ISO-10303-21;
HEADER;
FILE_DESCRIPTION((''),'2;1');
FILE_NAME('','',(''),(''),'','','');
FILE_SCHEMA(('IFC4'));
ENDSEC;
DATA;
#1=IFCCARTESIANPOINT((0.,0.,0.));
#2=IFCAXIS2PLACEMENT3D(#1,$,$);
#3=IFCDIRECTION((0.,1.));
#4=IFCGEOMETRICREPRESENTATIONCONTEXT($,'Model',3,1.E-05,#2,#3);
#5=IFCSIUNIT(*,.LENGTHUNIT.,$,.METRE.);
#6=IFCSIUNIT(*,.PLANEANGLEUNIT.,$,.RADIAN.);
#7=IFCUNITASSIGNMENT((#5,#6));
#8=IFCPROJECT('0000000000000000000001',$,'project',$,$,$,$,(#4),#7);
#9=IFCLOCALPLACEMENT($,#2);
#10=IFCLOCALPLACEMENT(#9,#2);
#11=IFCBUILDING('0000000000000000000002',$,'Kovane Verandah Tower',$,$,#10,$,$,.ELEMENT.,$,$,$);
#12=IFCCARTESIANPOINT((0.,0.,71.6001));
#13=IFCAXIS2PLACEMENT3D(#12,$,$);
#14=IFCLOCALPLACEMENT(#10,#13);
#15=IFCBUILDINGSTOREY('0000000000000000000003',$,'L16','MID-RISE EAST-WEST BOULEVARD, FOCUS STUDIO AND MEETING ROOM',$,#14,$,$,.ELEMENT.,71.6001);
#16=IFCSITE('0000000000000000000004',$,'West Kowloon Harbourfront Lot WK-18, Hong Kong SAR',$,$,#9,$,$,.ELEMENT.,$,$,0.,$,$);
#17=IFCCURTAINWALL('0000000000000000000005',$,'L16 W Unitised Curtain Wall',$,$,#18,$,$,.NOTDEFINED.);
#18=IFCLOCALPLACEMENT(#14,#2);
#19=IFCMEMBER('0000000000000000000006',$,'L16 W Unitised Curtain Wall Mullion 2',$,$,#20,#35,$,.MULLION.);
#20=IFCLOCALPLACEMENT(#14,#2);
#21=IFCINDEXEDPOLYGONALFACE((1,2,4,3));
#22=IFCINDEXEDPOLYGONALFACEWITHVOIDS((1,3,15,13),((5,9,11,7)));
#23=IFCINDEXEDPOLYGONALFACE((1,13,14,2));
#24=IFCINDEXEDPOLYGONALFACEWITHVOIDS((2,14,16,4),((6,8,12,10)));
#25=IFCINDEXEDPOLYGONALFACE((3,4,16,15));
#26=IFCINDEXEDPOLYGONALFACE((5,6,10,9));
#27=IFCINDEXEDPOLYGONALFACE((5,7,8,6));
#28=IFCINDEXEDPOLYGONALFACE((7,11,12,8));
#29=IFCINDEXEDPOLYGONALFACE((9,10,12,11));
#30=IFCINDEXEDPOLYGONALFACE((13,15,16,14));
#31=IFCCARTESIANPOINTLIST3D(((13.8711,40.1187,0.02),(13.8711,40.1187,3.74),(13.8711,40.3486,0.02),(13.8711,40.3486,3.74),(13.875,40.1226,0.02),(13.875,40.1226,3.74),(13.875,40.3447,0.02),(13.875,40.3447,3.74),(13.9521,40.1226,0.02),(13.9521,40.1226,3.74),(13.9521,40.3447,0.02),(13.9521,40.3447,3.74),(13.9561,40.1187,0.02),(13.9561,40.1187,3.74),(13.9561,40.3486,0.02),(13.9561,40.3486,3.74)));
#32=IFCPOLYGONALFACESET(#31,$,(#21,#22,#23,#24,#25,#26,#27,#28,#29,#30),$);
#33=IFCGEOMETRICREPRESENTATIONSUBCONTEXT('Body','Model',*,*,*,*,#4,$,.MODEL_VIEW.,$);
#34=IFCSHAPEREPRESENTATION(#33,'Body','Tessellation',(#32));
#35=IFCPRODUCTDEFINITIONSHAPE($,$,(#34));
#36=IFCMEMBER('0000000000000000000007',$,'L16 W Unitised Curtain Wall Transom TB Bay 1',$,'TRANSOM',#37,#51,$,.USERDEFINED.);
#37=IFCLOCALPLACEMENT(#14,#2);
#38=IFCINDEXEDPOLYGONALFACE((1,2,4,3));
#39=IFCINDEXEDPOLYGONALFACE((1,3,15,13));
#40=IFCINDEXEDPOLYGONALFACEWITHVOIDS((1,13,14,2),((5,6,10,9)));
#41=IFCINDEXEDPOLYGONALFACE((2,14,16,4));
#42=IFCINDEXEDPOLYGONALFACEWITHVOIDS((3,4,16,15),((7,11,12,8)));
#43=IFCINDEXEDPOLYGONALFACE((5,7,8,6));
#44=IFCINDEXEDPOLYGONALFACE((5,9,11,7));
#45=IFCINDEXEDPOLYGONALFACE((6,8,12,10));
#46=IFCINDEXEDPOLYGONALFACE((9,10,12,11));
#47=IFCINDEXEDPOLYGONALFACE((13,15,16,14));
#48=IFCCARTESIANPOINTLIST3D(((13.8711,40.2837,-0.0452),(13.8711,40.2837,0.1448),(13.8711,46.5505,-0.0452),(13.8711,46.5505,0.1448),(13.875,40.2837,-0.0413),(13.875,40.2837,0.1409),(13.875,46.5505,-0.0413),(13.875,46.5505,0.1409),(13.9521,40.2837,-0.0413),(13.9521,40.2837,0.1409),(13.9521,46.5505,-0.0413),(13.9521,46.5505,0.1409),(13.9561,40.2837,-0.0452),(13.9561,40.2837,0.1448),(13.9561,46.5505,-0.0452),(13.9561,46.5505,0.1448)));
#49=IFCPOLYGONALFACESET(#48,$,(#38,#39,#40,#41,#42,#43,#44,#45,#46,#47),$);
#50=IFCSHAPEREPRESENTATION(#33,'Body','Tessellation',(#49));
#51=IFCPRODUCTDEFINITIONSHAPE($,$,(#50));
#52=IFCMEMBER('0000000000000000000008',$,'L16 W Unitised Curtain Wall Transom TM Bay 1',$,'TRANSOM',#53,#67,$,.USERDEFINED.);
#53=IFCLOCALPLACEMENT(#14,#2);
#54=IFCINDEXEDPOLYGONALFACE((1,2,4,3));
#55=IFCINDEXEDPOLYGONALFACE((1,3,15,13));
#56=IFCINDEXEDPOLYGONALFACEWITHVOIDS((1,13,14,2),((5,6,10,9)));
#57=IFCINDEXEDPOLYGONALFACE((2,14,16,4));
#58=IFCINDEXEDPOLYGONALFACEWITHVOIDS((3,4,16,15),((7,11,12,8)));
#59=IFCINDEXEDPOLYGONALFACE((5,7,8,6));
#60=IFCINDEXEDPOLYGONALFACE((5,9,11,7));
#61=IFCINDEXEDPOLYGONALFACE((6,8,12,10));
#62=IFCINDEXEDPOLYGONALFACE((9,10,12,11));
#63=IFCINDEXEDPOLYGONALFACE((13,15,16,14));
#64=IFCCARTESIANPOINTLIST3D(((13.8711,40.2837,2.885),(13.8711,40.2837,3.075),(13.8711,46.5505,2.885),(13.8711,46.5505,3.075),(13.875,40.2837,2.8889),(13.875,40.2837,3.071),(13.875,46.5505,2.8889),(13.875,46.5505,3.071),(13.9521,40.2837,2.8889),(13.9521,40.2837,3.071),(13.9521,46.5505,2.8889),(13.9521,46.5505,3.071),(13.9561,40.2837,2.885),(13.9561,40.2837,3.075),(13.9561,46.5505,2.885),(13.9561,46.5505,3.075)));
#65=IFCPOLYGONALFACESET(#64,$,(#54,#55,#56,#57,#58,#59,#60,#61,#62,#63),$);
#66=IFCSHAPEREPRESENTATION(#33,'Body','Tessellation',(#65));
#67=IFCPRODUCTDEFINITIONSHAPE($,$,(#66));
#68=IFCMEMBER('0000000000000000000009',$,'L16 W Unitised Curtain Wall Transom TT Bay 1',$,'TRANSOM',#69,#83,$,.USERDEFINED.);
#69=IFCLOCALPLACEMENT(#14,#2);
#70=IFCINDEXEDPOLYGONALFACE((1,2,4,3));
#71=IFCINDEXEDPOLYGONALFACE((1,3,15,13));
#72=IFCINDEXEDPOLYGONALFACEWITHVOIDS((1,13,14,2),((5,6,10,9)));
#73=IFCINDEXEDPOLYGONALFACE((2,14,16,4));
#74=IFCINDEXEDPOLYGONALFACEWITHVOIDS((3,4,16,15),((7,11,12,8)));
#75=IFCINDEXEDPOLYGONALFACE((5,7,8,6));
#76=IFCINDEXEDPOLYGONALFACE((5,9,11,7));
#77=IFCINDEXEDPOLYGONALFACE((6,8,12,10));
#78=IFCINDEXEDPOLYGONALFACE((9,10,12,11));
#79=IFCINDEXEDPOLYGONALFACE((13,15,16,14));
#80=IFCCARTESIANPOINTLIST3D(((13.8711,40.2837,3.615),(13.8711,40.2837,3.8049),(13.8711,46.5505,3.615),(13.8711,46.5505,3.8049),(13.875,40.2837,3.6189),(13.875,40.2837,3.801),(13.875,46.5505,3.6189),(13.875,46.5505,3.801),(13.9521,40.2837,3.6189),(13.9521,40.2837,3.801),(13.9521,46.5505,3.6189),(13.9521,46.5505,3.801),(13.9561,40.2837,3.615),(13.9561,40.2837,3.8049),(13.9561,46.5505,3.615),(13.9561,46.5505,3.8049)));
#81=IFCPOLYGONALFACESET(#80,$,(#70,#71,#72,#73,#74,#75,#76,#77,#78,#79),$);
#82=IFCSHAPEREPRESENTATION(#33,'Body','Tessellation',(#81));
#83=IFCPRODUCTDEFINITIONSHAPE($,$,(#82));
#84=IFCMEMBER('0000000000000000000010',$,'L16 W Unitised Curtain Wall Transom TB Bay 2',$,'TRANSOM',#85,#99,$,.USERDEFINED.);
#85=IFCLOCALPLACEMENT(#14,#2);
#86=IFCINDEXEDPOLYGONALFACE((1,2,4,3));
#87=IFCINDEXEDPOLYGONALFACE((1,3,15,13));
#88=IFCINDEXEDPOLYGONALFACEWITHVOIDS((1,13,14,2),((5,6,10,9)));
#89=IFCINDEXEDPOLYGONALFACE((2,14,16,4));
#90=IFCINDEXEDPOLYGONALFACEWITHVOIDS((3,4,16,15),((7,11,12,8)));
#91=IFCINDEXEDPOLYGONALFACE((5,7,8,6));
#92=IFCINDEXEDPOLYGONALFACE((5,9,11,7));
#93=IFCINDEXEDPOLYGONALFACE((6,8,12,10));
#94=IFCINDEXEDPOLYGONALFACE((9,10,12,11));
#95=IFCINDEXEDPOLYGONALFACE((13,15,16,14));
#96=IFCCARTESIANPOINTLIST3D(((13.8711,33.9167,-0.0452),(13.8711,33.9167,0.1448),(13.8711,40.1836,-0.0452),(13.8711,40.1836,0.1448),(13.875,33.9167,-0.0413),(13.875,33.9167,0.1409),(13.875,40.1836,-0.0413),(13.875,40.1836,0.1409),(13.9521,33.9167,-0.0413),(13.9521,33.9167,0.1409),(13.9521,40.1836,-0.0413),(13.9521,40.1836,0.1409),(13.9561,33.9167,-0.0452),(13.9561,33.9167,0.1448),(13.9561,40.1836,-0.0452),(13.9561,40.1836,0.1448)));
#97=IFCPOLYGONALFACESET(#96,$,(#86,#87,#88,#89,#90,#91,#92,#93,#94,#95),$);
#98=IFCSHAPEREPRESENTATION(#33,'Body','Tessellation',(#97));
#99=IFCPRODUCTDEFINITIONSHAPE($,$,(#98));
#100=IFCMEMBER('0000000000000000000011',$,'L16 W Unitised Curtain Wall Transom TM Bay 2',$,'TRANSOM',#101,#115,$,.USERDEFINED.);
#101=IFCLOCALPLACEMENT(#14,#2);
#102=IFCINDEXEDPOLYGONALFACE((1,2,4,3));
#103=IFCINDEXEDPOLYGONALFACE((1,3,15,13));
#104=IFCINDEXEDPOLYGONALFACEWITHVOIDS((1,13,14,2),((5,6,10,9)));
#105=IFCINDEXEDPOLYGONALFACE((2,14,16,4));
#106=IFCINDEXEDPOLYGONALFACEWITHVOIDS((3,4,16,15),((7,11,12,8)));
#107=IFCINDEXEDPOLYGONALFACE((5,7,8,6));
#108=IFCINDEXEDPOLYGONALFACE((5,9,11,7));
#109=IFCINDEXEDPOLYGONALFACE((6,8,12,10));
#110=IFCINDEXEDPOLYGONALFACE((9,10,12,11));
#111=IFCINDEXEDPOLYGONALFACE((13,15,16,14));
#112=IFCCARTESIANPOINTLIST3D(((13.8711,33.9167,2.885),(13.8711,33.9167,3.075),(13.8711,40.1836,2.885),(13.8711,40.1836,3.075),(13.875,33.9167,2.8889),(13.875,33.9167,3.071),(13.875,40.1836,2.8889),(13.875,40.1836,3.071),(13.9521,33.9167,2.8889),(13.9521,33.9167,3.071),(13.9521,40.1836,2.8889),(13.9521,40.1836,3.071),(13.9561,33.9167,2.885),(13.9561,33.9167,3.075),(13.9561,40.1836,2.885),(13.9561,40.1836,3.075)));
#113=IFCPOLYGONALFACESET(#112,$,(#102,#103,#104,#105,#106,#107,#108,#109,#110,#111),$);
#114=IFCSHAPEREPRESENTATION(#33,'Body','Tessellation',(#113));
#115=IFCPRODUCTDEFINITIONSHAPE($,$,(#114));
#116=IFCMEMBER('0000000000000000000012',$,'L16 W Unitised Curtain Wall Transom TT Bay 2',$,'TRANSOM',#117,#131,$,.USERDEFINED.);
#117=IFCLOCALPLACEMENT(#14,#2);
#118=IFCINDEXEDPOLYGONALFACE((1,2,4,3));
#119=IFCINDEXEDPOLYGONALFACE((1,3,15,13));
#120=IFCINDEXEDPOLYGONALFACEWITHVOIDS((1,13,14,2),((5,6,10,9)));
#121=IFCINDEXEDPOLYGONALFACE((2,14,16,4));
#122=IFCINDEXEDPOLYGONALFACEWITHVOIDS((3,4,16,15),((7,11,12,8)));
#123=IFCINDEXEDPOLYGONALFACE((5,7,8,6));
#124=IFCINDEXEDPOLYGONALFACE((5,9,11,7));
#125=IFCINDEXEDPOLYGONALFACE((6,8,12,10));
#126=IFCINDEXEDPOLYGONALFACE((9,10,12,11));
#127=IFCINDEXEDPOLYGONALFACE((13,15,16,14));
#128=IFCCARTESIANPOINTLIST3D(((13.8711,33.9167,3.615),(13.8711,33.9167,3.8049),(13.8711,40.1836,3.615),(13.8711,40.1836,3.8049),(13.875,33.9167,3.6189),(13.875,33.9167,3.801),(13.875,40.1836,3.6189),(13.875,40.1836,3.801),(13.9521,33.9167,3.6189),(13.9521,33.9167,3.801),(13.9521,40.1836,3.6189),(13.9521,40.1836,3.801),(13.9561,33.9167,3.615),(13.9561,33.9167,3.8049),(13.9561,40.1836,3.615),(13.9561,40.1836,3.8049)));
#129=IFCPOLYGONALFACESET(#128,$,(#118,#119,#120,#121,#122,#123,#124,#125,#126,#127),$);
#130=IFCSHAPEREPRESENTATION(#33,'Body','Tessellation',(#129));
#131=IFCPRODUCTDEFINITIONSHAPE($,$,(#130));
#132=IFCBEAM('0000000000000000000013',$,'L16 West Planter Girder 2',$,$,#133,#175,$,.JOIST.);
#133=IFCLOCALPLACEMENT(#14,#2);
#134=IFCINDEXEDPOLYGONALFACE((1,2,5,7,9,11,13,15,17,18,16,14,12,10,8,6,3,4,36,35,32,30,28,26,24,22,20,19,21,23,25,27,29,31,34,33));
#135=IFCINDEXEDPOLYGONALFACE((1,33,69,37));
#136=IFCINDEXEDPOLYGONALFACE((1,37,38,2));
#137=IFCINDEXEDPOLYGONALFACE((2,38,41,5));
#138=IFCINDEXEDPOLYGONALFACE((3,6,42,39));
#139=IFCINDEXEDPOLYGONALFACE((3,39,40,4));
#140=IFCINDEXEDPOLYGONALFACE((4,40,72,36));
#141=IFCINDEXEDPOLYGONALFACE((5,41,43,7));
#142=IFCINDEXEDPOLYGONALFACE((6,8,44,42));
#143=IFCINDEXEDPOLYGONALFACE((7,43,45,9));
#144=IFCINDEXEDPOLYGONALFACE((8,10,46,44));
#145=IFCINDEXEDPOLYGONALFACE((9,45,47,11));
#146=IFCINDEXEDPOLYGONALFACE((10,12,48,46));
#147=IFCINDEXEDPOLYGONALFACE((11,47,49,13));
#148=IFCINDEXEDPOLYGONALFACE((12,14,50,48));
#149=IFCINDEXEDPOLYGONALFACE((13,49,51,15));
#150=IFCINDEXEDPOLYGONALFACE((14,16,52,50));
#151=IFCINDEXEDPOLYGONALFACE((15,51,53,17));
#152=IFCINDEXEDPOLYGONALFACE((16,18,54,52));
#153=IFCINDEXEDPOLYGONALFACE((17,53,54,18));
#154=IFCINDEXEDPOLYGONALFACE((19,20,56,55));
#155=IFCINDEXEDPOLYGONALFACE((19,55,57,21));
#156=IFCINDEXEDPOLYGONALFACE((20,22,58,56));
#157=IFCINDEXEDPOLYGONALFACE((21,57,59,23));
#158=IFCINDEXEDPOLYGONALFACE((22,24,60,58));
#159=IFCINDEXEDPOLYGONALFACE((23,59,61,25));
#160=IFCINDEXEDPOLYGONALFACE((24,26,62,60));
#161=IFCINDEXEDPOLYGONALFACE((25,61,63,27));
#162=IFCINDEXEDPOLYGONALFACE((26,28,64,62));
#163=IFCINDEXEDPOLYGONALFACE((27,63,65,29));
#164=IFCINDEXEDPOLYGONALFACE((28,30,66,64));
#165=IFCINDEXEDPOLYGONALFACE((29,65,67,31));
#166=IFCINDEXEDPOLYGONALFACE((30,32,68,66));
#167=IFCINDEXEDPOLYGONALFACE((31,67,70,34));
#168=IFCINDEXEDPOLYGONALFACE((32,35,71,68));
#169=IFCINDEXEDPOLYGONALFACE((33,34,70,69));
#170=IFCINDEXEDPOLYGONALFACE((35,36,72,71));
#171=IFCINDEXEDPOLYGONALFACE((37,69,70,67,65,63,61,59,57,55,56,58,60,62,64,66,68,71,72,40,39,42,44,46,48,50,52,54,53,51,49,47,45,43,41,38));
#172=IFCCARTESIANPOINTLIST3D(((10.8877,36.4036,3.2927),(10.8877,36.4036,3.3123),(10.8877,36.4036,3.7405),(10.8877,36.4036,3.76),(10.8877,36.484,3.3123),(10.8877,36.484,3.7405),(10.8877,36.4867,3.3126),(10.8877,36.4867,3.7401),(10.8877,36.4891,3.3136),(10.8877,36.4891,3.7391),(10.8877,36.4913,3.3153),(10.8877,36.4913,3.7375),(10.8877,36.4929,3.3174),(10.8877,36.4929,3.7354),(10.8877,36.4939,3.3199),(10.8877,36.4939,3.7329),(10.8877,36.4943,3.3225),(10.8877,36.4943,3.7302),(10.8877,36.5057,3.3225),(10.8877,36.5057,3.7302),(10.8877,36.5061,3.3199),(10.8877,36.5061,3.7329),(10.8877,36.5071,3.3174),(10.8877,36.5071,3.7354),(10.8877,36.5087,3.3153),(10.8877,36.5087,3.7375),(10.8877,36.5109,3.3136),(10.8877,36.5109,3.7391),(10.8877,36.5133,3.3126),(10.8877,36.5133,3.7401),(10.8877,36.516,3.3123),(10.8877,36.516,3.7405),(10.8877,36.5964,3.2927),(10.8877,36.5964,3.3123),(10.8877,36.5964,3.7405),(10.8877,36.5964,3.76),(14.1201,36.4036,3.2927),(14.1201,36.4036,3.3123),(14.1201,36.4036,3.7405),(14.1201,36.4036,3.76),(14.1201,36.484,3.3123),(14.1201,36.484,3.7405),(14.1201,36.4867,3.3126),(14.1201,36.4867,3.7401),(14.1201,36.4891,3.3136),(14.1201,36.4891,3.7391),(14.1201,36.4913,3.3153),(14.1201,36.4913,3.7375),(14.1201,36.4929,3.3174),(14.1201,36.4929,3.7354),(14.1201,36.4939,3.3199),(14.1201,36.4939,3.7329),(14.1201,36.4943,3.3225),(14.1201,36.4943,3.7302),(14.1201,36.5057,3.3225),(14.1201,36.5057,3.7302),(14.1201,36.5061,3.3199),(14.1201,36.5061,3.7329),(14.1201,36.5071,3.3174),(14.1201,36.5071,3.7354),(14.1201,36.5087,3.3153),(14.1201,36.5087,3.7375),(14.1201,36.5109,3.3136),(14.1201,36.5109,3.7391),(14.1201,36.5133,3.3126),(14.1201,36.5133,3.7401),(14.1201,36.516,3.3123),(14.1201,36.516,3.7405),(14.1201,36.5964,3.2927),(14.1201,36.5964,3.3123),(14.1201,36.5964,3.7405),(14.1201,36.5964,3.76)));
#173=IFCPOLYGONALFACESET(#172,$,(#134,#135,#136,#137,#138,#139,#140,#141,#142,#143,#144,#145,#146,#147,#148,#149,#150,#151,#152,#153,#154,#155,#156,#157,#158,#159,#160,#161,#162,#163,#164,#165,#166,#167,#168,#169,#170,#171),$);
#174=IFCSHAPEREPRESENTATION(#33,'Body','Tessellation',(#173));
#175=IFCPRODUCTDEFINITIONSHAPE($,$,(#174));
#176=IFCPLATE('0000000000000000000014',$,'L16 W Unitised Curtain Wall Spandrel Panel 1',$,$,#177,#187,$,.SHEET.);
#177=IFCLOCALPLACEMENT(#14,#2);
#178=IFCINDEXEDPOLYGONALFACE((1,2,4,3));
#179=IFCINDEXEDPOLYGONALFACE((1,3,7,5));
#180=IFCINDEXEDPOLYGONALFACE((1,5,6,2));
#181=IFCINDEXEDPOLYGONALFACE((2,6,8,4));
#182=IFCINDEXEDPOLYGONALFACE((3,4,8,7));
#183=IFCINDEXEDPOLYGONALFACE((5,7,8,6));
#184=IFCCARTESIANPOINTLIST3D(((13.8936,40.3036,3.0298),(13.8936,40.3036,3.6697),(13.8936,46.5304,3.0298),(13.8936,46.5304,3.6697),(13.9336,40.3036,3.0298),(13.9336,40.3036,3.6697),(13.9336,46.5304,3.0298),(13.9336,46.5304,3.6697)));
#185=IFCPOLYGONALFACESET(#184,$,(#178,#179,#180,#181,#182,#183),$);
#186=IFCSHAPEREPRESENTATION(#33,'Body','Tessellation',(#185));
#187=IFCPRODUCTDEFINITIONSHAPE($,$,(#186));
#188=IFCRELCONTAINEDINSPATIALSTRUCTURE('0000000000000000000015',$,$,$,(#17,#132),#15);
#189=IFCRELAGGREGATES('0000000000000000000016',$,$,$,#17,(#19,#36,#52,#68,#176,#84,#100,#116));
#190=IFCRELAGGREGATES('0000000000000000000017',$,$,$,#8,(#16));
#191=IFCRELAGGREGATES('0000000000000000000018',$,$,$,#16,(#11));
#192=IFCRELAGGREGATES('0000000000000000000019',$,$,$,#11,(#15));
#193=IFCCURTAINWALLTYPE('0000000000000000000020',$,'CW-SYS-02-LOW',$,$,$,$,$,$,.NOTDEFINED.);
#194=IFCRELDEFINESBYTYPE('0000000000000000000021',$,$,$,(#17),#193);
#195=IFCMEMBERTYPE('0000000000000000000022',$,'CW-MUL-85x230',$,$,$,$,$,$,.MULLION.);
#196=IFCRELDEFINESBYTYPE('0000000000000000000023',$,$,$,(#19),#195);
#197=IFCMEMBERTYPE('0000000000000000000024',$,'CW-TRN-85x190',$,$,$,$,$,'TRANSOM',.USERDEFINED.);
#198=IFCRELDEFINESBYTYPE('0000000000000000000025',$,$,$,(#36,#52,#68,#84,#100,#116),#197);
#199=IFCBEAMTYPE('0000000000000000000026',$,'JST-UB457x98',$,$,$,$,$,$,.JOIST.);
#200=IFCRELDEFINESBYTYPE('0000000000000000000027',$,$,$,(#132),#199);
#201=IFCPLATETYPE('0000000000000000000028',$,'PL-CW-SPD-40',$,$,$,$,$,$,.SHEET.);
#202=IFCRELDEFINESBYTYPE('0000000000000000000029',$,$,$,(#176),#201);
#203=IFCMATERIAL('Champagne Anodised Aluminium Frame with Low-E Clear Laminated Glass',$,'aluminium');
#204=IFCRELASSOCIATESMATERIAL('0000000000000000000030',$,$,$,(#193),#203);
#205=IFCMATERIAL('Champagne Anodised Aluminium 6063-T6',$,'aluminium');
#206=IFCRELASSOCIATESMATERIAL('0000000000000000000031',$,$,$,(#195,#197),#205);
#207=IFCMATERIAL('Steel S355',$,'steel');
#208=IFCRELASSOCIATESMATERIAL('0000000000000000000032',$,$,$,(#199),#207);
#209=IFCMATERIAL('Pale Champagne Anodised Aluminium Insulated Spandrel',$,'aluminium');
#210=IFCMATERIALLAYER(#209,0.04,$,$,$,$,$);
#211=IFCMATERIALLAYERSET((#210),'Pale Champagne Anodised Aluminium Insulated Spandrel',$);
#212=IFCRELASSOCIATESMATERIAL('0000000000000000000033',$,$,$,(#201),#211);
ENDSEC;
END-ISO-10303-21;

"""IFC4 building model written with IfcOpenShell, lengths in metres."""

from ifc_helpers import new_model, si_unit, direction, frame, origin, origin_2d, place, context, subcontext, project, spatial, rectangle, hollow_rectangle, i_section, extrude, material, layer, layer_set, material_profile, profile_set, type_object, element, aggregate, save


model = new_model("IFC4")

# Units and contexts
model_context = context("Model", 3, precision=1e-05, world=origin(), true_north=direction((0.0, 1.0)))
body_context = subcontext(model_context, "Body", "Model", "MODEL_VIEW")
ifc_project = project(units=[si_unit("LENGTHUNIT", "METRE"), si_unit("PLANEANGLEUNIT", "RADIAN")], contexts=[model_context])

# Site, building, storey
site_placement = place(None, origin())
site = spatial("IfcSite", under=ifc_project, at=site_placement, Name="West Kowloon Harbourfront Lot WK-18, Hong Kong SAR", CompositionType="ELEMENT", RefElevation=0.0)
building_placement = place(site_placement, origin())
building = spatial("IfcBuilding", under=site, at=building_placement, Name="Kovane Verandah Tower", CompositionType="ELEMENT")
storey_placement = place(building_placement, frame((0.0, 0.0, 71.6001)))
storey = spatial("IfcBuildingStorey", under=building, at=storey_placement, Name="L16", Description="MID-RISE EAST-WEST BOULEVARD, FOCUS STUDIO AND MEETING ROOM", CompositionType="ELEMENT", Elevation=71.6001)

# Shared definitions
ifc_material_1 = material(Name="Steel S355", Category="steel")

# Curtain wall, members
ifc_material_2 = material(Name="Champagne Anodised Aluminium Frame with Low-E Clear Laminated Glass", Category="aluminium")
curtain_wall_type = type_object("IfcCurtainWallType", Name="CW-SYS-02-LOW", PredefinedType="NOTDEFINED", material=ifc_material_2)
curtain_wall_placement = place(storey_placement, origin())
curtain_wall = element("IfcCurtainWall", 1, at=curtain_wall_placement, inside=storey, type_object=curtain_wall_type, Name="L16 W Unitised Curtain Wall", PredefinedType="NOTDEFINED")
ifc_material_3 = material(Name="Champagne Anodised Aluminium 6063-T6", Category="aluminium")
ifc_material_profile_1 = material_profile(ifc_material_3, hollow_rectangle(XDim=0.085, YDim=0.23, WallThickness=0.0039, at=origin_2d()), Name="AL85x230x4")
ifc_profile_set_1 = profile_set([ifc_material_profile_1], Name="Champagne Anodised Aluminium 6063-T6")
member_type_1 = type_object("IfcMemberType", Name="CW-MUL-85x230", PredefinedType="MULLION", material=ifc_profile_set_1)
member_1_placement = place(storey_placement, frame((13.9136, 40.2336, 0.02), z_axis=(0.0, 0.0, 1.0), x_axis=(-1.0, 0.0, 0.0)))
member_1 = element("IfcMember", 2, at=member_1_placement, type_object=member_type_1, Name="L16 W Unitised Curtain Wall Mullion 2", PredefinedType="MULLION", context=body_context, shape_type="SweptSolid", body=[
    extrude(hollow_rectangle(XDim=0.085, YDim=0.23, WallThickness=0.0039, at=origin_2d()), origin(), (0.0, 0.0, 1.0), 3.72),
])
ifc_material_profile_2 = material_profile(ifc_material_3, hollow_rectangle(XDim=0.085, YDim=0.1899, WallThickness=0.0039, at=origin_2d()), Name="AL85x190x4")
ifc_profile_set_2 = profile_set([ifc_material_profile_2], Name="Champagne Anodised Aluminium 6063-T6")
member_type_2 = type_object("IfcMemberType", Name="CW-TRN-85x190", ElementType="TRANSOM", PredefinedType="USERDEFINED", material=ifc_profile_set_2)
member_2_placement = place(storey_placement, frame((13.9136, 46.5505, 0.0498), z_axis=(0.0, -1.0, 0.0), x_axis=(1.0, 0.0, 0.0)))
member_2 = element("IfcMember", 3, at=member_2_placement, type_object=member_type_2, Name="L16 W Unitised Curtain Wall Transom TB Bay 1", ObjectType="TRANSOM", PredefinedType="USERDEFINED", context=body_context, shape_type="SweptSolid", body=[
    extrude(hollow_rectangle(XDim=0.085, YDim=0.1899, WallThickness=0.0039, at=origin_2d()), origin(), (0.0, 0.0, 1.0), 6.2668),
])
member_3_placement = place(storey_placement, frame((13.9136, 46.5505, 2.98), z_axis=(0.0, -1.0, 0.0), x_axis=(1.0, 0.0, 0.0)))
member_3 = element("IfcMember", 4, at=member_3_placement, type_object=member_type_2, Name="L16 W Unitised Curtain Wall Transom TM Bay 1", ObjectType="TRANSOM", PredefinedType="USERDEFINED", context=body_context, shape_type="SweptSolid", body=[
    extrude(hollow_rectangle(XDim=0.085, YDim=0.1899, WallThickness=0.0039, at=origin_2d()), origin(), (0.0, 0.0, 1.0), 6.2668),
])
member_4_placement = place(storey_placement, frame((13.9136, 46.5505, 3.71), z_axis=(0.0, -1.0, 0.0), x_axis=(1.0, 0.0, 0.0)))
member_4 = element("IfcMember", 5, at=member_4_placement, type_object=member_type_2, Name="L16 W Unitised Curtain Wall Transom TT Bay 1", ObjectType="TRANSOM", PredefinedType="USERDEFINED", context=body_context, shape_type="SweptSolid", body=[
    extrude(hollow_rectangle(XDim=0.085, YDim=0.1899, WallThickness=0.0039, at=origin_2d()), origin(), (0.0, 0.0, 1.0), 6.2668),
])
member_5_placement = place(storey_placement, frame((13.9136, 40.1836, 0.0498), z_axis=(0.0, -1.0, 0.0), x_axis=(1.0, 0.0, 0.0)))
member_5 = element("IfcMember", 6, at=member_5_placement, type_object=member_type_2, Name="L16 W Unitised Curtain Wall Transom TB Bay 2", ObjectType="TRANSOM", PredefinedType="USERDEFINED", context=body_context, shape_type="SweptSolid", body=[
    extrude(hollow_rectangle(XDim=0.085, YDim=0.1899, WallThickness=0.0039, at=origin_2d()), origin(), (0.0, 0.0, 1.0), 6.2668),
])
member_6_placement = place(storey_placement, frame((13.9136, 40.1836, 2.98), z_axis=(0.0, -1.0, 0.0), x_axis=(1.0, 0.0, 0.0)))
member_6 = element("IfcMember", 7, at=member_6_placement, type_object=member_type_2, Name="L16 W Unitised Curtain Wall Transom TM Bay 2", ObjectType="TRANSOM", PredefinedType="USERDEFINED", context=body_context, shape_type="SweptSolid", body=[
    extrude(hollow_rectangle(XDim=0.085, YDim=0.1899, WallThickness=0.0039, at=origin_2d()), origin(), (0.0, 0.0, 1.0), 6.2668),
])
member_7_placement = place(storey_placement, frame((13.9136, 40.1836, 3.71), z_axis=(0.0, -1.0, 0.0), x_axis=(1.0, 0.0, 0.0)))
member_7 = element("IfcMember", 8, at=member_7_placement, type_object=member_type_2, Name="L16 W Unitised Curtain Wall Transom TT Bay 2", ObjectType="TRANSOM", PredefinedType="USERDEFINED", context=body_context, shape_type="SweptSolid", body=[
    extrude(hollow_rectangle(XDim=0.085, YDim=0.1899, WallThickness=0.0039, at=origin_2d()), origin(), (0.0, 0.0, 1.0), 6.2668),
])

# Beam
ifc_material_profile_3 = material_profile(ifc_material_1, i_section(OverallWidth=0.1929, OverallDepth=0.4673, WebThickness=0.0115, FlangeThickness=0.0195, FilletRadius=0.0103, at=origin_2d()), Name="UB457x191x98")
ifc_profile_set_3 = profile_set([ifc_material_profile_3], Name="Steel S355")
beam_type_1 = type_object("IfcBeamType", Name="JST-UB457x98", PredefinedType="JOIST", material=ifc_profile_set_3)
beam_1_placement = place(storey_placement, frame((14.1201, 36.5, 3.5264), z_axis=(-1.0, 0.0, 0.0), x_axis=(0.0, -1.0, 0.0)))
element("IfcBeam", 9, at=beam_1_placement, inside=storey, type_object=beam_type_1, Name="L16 West Planter Girder 2", PredefinedType="JOIST", context=body_context, shape_type="SweptSolid", body=[
    extrude(i_section(OverallWidth=0.1929, OverallDepth=0.4673, WebThickness=0.0115, FlangeThickness=0.0195, FilletRadius=0.0103, at=origin_2d()), origin(), (0.0, 0.0, 1.0), 3.2324),
])

# Plate
ifc_material_4 = material(Name="Pale Champagne Anodised Aluminium Insulated Spandrel", Category="aluminium")
ifc_layer_1 = layer(ifc_material_4, 0.04)
ifc_layer_set_1 = layer_set([ifc_layer_1], Name="Pale Champagne Anodised Aluminium Insulated Spandrel")
plate_type_1 = type_object("IfcPlateType", Name="PL-CW-SPD-40", PredefinedType="SHEET", material=ifc_layer_set_1)
plate_1_placement = place(storey_placement, frame((13.9136, 43.417, 3.0298), z_axis=(0.0, 0.0, 1.0), x_axis=(0.0, -1.0, 0.0)))
plate_1 = element("IfcPlate", 10, at=plate_1_placement, type_object=plate_type_1, Name="L16 W Unitised Curtain Wall Spandrel Panel 1", PredefinedType="SHEET", context=body_context, shape_type="SweptSolid", body=[
    extrude(rectangle(XDim=6.2268, YDim=0.04, at=origin_2d()), origin(), (0.0, 0.0, 1.0), 0.6399),
])
aggregate(curtain_wall, [member_1, member_2, member_3, member_4, plate_1, member_5, member_6, member_7])

save(model, "model.ifc")
